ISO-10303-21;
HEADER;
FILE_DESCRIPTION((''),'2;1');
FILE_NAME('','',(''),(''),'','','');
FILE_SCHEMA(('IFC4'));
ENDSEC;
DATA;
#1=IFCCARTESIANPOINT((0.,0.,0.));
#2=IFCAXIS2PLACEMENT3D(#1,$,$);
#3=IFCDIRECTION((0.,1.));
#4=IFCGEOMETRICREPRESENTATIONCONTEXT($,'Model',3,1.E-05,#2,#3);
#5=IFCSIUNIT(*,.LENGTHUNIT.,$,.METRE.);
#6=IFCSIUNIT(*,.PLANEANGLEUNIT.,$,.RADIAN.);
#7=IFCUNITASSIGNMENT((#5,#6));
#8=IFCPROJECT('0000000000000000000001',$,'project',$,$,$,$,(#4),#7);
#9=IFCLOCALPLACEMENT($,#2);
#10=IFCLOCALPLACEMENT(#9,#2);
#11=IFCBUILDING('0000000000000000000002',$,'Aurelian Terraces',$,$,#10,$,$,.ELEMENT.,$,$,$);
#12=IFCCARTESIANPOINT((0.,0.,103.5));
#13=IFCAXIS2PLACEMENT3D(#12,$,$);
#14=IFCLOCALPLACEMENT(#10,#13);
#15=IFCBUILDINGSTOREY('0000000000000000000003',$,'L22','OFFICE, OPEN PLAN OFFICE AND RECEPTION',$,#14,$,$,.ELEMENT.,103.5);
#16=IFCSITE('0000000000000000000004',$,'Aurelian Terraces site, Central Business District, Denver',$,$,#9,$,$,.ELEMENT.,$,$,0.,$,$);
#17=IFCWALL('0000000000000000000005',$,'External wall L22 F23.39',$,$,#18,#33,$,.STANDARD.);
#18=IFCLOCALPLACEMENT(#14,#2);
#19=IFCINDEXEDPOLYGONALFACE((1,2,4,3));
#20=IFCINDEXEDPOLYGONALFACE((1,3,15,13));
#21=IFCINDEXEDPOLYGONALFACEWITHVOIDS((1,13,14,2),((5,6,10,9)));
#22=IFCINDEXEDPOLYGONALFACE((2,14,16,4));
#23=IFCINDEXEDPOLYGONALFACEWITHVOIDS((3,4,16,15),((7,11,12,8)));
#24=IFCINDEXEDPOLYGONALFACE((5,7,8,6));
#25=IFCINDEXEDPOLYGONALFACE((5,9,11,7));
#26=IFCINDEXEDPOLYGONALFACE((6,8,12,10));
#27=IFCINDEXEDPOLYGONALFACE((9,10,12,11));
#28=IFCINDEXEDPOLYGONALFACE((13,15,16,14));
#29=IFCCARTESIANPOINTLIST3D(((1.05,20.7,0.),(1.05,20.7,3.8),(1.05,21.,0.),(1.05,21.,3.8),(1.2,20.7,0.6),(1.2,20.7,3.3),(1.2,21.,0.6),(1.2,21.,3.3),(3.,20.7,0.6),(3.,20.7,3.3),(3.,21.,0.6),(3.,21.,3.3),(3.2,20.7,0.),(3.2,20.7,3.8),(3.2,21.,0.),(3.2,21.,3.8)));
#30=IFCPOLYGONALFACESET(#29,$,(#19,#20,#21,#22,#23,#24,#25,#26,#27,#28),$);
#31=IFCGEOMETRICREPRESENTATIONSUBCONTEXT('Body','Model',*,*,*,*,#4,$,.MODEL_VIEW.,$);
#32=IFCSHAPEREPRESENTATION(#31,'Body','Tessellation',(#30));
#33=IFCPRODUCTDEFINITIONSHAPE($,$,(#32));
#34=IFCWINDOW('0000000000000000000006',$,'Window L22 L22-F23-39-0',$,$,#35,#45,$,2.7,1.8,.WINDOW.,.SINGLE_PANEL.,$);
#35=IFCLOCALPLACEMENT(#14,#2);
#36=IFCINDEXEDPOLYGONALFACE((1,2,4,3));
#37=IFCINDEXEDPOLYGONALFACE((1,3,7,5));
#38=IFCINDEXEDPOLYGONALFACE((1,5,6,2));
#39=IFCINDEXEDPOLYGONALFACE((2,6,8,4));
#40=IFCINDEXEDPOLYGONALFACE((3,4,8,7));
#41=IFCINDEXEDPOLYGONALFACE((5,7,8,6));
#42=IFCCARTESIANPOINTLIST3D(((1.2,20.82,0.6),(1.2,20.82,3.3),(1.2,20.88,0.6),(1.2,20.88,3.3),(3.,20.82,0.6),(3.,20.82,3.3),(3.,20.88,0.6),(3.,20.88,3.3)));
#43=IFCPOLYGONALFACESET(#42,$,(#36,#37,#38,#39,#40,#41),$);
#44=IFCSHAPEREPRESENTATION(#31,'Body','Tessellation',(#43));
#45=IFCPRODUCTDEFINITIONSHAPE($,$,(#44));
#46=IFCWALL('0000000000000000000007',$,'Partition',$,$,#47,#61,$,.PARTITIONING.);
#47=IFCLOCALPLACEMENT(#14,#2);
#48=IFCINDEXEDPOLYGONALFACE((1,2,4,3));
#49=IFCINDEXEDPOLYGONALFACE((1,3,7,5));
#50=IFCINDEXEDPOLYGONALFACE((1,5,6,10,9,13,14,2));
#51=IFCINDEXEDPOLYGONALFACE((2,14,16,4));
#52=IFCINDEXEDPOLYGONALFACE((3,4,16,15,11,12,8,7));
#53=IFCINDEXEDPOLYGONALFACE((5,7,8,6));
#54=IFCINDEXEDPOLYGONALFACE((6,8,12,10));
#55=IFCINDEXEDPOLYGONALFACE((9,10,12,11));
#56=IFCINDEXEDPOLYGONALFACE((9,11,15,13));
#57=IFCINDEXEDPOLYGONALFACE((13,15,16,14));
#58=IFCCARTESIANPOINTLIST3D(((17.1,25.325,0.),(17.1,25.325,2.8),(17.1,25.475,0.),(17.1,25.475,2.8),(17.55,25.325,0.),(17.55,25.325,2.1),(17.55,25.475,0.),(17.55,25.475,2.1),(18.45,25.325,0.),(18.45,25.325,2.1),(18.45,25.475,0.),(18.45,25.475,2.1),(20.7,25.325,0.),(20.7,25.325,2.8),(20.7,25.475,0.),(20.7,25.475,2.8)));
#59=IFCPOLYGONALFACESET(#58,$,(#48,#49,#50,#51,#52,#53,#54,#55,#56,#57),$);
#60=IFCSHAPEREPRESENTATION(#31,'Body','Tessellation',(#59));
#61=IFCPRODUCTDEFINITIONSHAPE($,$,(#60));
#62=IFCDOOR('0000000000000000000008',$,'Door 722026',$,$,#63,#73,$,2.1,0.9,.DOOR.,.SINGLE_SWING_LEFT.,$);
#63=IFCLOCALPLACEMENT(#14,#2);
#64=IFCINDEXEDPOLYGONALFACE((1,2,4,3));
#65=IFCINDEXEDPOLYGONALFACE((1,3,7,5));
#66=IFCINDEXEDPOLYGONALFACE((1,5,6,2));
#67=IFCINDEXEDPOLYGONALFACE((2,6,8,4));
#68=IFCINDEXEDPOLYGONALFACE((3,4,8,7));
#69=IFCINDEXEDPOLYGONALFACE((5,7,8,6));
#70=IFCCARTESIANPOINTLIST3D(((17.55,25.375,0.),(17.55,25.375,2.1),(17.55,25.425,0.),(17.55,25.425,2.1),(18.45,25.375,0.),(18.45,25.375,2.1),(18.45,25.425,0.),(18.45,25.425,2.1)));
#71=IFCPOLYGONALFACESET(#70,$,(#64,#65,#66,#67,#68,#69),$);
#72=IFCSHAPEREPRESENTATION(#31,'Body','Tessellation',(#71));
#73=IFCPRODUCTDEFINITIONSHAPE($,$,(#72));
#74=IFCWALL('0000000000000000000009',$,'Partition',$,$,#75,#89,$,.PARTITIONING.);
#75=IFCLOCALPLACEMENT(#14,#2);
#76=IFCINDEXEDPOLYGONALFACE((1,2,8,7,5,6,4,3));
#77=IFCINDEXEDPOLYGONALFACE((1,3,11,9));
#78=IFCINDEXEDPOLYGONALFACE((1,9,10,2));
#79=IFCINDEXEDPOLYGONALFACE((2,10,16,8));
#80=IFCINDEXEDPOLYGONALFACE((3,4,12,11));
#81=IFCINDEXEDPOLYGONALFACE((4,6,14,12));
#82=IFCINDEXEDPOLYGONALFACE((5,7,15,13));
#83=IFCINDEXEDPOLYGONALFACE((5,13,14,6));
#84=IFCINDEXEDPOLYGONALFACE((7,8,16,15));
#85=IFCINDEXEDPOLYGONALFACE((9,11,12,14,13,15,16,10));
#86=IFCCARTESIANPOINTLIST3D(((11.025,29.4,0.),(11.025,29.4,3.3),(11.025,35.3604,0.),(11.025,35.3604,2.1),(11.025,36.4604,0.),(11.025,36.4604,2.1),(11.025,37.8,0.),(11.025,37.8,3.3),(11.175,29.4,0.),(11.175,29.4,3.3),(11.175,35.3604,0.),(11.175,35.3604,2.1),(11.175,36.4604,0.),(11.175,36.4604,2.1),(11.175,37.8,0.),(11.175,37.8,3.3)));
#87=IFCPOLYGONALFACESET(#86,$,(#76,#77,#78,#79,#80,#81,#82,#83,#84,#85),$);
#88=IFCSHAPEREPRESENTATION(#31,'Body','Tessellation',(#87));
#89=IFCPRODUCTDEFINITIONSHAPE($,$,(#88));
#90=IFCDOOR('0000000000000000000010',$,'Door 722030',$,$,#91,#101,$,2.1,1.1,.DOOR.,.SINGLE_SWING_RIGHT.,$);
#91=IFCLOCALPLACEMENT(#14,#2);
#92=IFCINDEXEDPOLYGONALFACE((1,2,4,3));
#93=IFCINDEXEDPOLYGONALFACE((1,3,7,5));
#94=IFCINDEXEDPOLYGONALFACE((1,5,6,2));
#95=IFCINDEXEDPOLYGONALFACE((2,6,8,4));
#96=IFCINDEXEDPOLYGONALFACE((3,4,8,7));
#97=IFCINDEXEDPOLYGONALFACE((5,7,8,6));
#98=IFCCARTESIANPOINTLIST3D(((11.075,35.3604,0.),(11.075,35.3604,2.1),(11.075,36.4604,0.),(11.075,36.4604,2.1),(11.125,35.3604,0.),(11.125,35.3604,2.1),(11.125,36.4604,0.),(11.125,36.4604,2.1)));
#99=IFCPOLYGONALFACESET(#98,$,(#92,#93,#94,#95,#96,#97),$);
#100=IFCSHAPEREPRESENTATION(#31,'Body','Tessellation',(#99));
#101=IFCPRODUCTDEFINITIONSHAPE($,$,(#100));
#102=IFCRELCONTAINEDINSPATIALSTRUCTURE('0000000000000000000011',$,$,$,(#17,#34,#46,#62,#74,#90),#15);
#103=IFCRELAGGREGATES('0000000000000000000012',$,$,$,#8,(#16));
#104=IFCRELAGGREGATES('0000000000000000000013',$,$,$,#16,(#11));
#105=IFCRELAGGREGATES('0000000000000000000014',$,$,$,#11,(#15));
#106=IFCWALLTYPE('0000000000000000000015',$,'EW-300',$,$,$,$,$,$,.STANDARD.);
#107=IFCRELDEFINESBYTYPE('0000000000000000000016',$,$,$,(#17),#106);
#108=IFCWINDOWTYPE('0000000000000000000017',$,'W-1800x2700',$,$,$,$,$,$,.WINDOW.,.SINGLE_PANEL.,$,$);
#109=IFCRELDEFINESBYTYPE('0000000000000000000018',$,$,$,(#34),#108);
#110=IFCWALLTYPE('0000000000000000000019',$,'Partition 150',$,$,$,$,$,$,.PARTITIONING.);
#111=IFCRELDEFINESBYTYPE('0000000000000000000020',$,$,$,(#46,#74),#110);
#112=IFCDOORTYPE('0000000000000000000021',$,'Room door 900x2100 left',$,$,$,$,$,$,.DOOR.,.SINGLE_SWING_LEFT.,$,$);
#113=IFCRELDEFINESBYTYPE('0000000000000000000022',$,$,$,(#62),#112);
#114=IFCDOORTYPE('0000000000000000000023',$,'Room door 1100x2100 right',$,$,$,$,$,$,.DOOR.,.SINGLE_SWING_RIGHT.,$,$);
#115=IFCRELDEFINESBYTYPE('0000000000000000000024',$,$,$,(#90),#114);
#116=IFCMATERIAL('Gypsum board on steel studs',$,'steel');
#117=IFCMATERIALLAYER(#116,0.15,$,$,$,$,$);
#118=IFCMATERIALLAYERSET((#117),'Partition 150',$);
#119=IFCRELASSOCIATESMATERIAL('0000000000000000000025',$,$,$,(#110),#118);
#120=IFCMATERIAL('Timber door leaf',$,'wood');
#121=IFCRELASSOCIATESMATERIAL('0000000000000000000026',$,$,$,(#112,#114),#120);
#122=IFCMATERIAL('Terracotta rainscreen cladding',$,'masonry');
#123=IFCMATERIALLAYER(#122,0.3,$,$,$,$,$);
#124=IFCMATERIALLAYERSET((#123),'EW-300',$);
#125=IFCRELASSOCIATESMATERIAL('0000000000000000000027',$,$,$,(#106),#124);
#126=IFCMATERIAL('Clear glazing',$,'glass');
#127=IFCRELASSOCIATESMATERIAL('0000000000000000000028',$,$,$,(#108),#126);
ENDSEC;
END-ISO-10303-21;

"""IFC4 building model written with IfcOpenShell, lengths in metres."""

from ifc_helpers import new_model, si_unit, direction, frame, frame_2d, origin, place, context, subcontext, project, spatial, rectangle, extrude, source, transform, mapped, material, layer, layer_set, type_object, element, fill, save


model = new_model("IFC4")

# Units and contexts
model_context = context("Model", 3, precision=1e-05, world=origin(), true_north=direction((0.0, 1.0)))
body_context = subcontext(model_context, "Body", "Model", "MODEL_VIEW")
ifc_project = project(units=[si_unit("LENGTHUNIT", "METRE"), si_unit("PLANEANGLEUNIT", "RADIAN")], contexts=[model_context])

# Site, building, storey
site_placement = place(None, origin())
site = spatial("IfcSite", under=ifc_project, at=site_placement, Name="Aurelian Terraces site, Central Business District, Denver", CompositionType="ELEMENT", RefElevation=0.0)
building_placement = place(site_placement, origin())
building = spatial("IfcBuilding", under=site, at=building_placement, Name="Aurelian Terraces", CompositionType="ELEMENT")
storey_placement = place(building_placement, frame((0.0, 0.0, 103.5)))
storey = spatial("IfcBuildingStorey", under=building, at=storey_placement, Name="L22", Description="OFFICE, OPEN PLAN OFFICE AND RECEPTION", CompositionType="ELEMENT", Elevation=103.5)

# Shared definitions
ifc_material_1 = material(Name="Gypsum board on steel studs", Category="steel")
ifc_layer_1 = layer(ifc_material_1, 0.15)
ifc_layer_set_1 = layer_set([ifc_layer_1], Name="Partition 150")
wall_type_1 = type_object("IfcWallType", Name="Partition 150", PredefinedType="PARTITIONING", material=ifc_layer_set_1)
shared_shape_1 = source(origin(), body_context, "Body", "SweptSolid", [
    extrude(rectangle(XDim=0.9, YDim=2.1, at=frame_2d((0.45, 1.05))), frame((0.0, 0.085, 0.0), z_axis=(0.0, -1.0, 0.0), x_axis=(1.0, 0.0, 0.0)), (0.0, 0.0, 1.0), 0.17),
])
ifc_material_2 = material(Name="Timber door leaf", Category="wood")
door_type_1 = type_object("IfcDoorType", Name="Room door 900x2100 left", OperationType="SINGLE_SWING_LEFT", PredefinedType="DOOR", material=ifc_material_2)
shared_shape_2 = source(origin(), body_context, "Body", "SweptSolid", [
    extrude(rectangle(XDim=0.9, YDim=2.1, at=frame_2d((0.45, 1.05))), frame((0.0, 0.025, 0.0), z_axis=(0.0, -1.0, 0.0), x_axis=(1.0, 0.0, 0.0)), (0.0, 0.0, 1.0), 0.05),
])

# Wall, opening, window
ifc_material_3 = material(Name="Terracotta rainscreen cladding", Category="masonry")
ifc_layer_2 = layer(ifc_material_3, 0.3)
ifc_layer_set_2 = layer_set([ifc_layer_2], Name="EW-300")
wall_type_2 = type_object("IfcWallType", Name="EW-300", PredefinedType="STANDARD", material=ifc_layer_set_2)
shared_shape_3 = source(origin(), body_context, "Body", "SweptSolid", [
    extrude(rectangle(XDim=2.15, YDim=0.3, at=frame_2d((1.075, 0.0))), origin(), (0.0, 0.0, 1.0), 3.8),
])
wall_1_placement = place(storey_placement, frame((3.2, 20.85, 0.0), z_axis=(0.0, 0.0, 1.0), x_axis=(-1.0, 0.0, 0.0)))
wall_1 = element("IfcWall", 1, at=wall_1_placement, inside=storey, type_object=wall_type_2, Name="External wall L22 F23.39", PredefinedType="STANDARD", context=body_context, shape_type="MappedRepresentation", body=[
    mapped(shared_shape_3, transform((0.0, 0.0, 0.0), scale=1.0)),
])
shared_shape_4 = source(origin(), body_context, "Body", "SweptSolid", [
    extrude(rectangle(XDim=1.8, YDim=2.7, at=frame_2d((0.9, 1.35))), frame((0.0, 0.16, 0.0), z_axis=(0.0, -1.0, 0.0), x_axis=(1.0, 0.0, 0.0)), (0.0, 0.0, 1.0), 0.32),
])
opening_1_placement = place(wall_1_placement, frame((0.2, 0.0, 0.6)))
opening_1 = element("IfcOpeningElement", 2, at=opening_1_placement, cuts=wall_1, PredefinedType="OPENING", context=body_context, shape_type="MappedRepresentation", body=[
    mapped(shared_shape_4, transform((0.0, 0.0, 0.0), scale=1.0)),
])
ifc_material_4 = material(Name="Clear glazing", Category="glass")
window_type = type_object("IfcWindowType", Name="W-1800x2700", PartitioningType="SINGLE_PANEL", PredefinedType="WINDOW", material=ifc_material_4)
shared_shape_5 = source(origin(), body_context, "Body", "SweptSolid", [
    extrude(rectangle(XDim=1.8, YDim=2.7, at=frame_2d((0.9, 1.35))), frame((0.0, 0.03, 0.0), z_axis=(0.0, -1.0, 0.0), x_axis=(1.0, 0.0, 0.0)), (0.0, 0.0, 1.0), 0.06),
])
window_placement = place(opening_1_placement, origin())
window = element("IfcWindow", 3, at=window_placement, inside=storey, type_object=window_type, Name="Window L22 L22-F23-39-0", OverallHeight=2.7, OverallWidth=1.8, PartitioningType="SINGLE_PANEL", PredefinedType="WINDOW", context=body_context, shape_type="MappedRepresentation", body=[
    mapped(shared_shape_5, transform((0.0, 0.0, 0.0), scale=1.0)),
])
fill(opening_1, window)

# Walls, openings, doors
shared_shape_6 = source(origin(), body_context, "Body", "SweptSolid", [
    extrude(rectangle(XDim=3.6, YDim=0.15, at=frame_2d((1.8, 0.0))), origin(), (0.0, 0.0, 1.0), 2.8),
])
wall_2_placement = place(storey_placement, frame((17.1, 25.4, 0.0), z_axis=(0.0, 0.0, 1.0), x_axis=(1.0, 0.0, 0.0)))
wall_2 = element("IfcWall", 4, at=wall_2_placement, inside=storey, type_object=wall_type_1, Name="Partition", PredefinedType="PARTITIONING", context=body_context, shape_type="MappedRepresentation", body=[
    mapped(shared_shape_6, transform((0.0, 0.0, 0.0), scale=1.0)),
])
opening_2_placement = place(wall_2_placement, frame((0.45, 0.0, 0.0)))
opening_2 = element("IfcOpeningElement", 5, at=opening_2_placement, cuts=wall_2, PredefinedType="OPENING", context=body_context, shape_type="MappedRepresentation", body=[
    mapped(shared_shape_1, transform((0.0, 0.0, 0.0), scale=1.0)),
])
door_1_placement = place(opening_2_placement, origin())
door_1 = element("IfcDoor", 6, at=door_1_placement, inside=storey, type_object=door_type_1, Name="Door 722026", OperationType="SINGLE_SWING_LEFT", OverallHeight=2.1, OverallWidth=0.9, PredefinedType="DOOR", context=body_context, shape_type="MappedRepresentation", body=[
    mapped(shared_shape_2, transform((0.0, 0.0, 0.0), scale=1.0)),
])
fill(opening_2, door_1)
shared_shape_7 = source(origin(), body_context, "Body", "SweptSolid", [
    extrude(rectangle(XDim=8.4, YDim=0.15, at=frame_2d((4.2, 0.0))), origin(), (0.0, 0.0, 1.0), 3.3),
])
wall_3_placement = place(storey_placement, frame((11.1, 29.4, 0.0), z_axis=(0.0, 0.0, 1.0), x_axis=(0.0, 1.0, 0.0)))
wall_3 = element("IfcWall", 7, at=wall_3_placement, inside=storey, type_object=wall_type_1, Name="Partition", PredefinedType="PARTITIONING", context=body_context, shape_type="MappedRepresentation", body=[
    mapped(shared_shape_7, transform((0.0, 0.0, 0.0), scale=1.0)),
])
shared_shape_8 = source(origin(), body_context, "Body", "SweptSolid", [
    extrude(rectangle(XDim=1.1, YDim=2.1, at=frame_2d((0.55, 1.05))), frame((0.0, 0.085, 0.0), z_axis=(0.0, -1.0, 0.0), x_axis=(1.0, 0.0, 0.0)), (0.0, 0.0, 1.0), 0.17),
])
opening_3_placement = place(wall_3_placement, frame((5.9604, 0.0, 0.0)))
opening_3 = element("IfcOpeningElement", 8, at=opening_3_placement, cuts=wall_3, PredefinedType="OPENING", context=body_context, shape_type="MappedRepresentation", body=[
    mapped(shared_shape_8, transform((0.0, 0.0, 0.0), scale=1.0)),
])
door_type_2 = type_object("IfcDoorType", Name="Room door 1100x2100 right", OperationType="SINGLE_SWING_RIGHT", PredefinedType="DOOR", material=ifc_material_2)
shared_shape_9 = source(origin(), body_context, "Body", "SweptSolid", [
    extrude(rectangle(XDim=1.1, YDim=2.1, at=frame_2d((0.55, 1.05))), frame((0.0, 0.025, 0.0), z_axis=(0.0, -1.0, 0.0), x_axis=(1.0, 0.0, 0.0)), (0.0, 0.0, 1.0), 0.05),
])
door_2_placement = place(opening_3_placement, origin())
door_2 = element("IfcDoor", 9, at=door_2_placement, inside=storey, type_object=door_type_2, Name="Door 722030", OperationType="SINGLE_SWING_RIGHT", OverallHeight=2.1, OverallWidth=1.1, PredefinedType="DOOR", context=body_context, shape_type="MappedRepresentation", body=[
    mapped(shared_shape_9, transform((0.0, 0.0, 0.0), scale=1.0)),
])
fill(opening_3, door_2)

save(model, "model.ifc")
